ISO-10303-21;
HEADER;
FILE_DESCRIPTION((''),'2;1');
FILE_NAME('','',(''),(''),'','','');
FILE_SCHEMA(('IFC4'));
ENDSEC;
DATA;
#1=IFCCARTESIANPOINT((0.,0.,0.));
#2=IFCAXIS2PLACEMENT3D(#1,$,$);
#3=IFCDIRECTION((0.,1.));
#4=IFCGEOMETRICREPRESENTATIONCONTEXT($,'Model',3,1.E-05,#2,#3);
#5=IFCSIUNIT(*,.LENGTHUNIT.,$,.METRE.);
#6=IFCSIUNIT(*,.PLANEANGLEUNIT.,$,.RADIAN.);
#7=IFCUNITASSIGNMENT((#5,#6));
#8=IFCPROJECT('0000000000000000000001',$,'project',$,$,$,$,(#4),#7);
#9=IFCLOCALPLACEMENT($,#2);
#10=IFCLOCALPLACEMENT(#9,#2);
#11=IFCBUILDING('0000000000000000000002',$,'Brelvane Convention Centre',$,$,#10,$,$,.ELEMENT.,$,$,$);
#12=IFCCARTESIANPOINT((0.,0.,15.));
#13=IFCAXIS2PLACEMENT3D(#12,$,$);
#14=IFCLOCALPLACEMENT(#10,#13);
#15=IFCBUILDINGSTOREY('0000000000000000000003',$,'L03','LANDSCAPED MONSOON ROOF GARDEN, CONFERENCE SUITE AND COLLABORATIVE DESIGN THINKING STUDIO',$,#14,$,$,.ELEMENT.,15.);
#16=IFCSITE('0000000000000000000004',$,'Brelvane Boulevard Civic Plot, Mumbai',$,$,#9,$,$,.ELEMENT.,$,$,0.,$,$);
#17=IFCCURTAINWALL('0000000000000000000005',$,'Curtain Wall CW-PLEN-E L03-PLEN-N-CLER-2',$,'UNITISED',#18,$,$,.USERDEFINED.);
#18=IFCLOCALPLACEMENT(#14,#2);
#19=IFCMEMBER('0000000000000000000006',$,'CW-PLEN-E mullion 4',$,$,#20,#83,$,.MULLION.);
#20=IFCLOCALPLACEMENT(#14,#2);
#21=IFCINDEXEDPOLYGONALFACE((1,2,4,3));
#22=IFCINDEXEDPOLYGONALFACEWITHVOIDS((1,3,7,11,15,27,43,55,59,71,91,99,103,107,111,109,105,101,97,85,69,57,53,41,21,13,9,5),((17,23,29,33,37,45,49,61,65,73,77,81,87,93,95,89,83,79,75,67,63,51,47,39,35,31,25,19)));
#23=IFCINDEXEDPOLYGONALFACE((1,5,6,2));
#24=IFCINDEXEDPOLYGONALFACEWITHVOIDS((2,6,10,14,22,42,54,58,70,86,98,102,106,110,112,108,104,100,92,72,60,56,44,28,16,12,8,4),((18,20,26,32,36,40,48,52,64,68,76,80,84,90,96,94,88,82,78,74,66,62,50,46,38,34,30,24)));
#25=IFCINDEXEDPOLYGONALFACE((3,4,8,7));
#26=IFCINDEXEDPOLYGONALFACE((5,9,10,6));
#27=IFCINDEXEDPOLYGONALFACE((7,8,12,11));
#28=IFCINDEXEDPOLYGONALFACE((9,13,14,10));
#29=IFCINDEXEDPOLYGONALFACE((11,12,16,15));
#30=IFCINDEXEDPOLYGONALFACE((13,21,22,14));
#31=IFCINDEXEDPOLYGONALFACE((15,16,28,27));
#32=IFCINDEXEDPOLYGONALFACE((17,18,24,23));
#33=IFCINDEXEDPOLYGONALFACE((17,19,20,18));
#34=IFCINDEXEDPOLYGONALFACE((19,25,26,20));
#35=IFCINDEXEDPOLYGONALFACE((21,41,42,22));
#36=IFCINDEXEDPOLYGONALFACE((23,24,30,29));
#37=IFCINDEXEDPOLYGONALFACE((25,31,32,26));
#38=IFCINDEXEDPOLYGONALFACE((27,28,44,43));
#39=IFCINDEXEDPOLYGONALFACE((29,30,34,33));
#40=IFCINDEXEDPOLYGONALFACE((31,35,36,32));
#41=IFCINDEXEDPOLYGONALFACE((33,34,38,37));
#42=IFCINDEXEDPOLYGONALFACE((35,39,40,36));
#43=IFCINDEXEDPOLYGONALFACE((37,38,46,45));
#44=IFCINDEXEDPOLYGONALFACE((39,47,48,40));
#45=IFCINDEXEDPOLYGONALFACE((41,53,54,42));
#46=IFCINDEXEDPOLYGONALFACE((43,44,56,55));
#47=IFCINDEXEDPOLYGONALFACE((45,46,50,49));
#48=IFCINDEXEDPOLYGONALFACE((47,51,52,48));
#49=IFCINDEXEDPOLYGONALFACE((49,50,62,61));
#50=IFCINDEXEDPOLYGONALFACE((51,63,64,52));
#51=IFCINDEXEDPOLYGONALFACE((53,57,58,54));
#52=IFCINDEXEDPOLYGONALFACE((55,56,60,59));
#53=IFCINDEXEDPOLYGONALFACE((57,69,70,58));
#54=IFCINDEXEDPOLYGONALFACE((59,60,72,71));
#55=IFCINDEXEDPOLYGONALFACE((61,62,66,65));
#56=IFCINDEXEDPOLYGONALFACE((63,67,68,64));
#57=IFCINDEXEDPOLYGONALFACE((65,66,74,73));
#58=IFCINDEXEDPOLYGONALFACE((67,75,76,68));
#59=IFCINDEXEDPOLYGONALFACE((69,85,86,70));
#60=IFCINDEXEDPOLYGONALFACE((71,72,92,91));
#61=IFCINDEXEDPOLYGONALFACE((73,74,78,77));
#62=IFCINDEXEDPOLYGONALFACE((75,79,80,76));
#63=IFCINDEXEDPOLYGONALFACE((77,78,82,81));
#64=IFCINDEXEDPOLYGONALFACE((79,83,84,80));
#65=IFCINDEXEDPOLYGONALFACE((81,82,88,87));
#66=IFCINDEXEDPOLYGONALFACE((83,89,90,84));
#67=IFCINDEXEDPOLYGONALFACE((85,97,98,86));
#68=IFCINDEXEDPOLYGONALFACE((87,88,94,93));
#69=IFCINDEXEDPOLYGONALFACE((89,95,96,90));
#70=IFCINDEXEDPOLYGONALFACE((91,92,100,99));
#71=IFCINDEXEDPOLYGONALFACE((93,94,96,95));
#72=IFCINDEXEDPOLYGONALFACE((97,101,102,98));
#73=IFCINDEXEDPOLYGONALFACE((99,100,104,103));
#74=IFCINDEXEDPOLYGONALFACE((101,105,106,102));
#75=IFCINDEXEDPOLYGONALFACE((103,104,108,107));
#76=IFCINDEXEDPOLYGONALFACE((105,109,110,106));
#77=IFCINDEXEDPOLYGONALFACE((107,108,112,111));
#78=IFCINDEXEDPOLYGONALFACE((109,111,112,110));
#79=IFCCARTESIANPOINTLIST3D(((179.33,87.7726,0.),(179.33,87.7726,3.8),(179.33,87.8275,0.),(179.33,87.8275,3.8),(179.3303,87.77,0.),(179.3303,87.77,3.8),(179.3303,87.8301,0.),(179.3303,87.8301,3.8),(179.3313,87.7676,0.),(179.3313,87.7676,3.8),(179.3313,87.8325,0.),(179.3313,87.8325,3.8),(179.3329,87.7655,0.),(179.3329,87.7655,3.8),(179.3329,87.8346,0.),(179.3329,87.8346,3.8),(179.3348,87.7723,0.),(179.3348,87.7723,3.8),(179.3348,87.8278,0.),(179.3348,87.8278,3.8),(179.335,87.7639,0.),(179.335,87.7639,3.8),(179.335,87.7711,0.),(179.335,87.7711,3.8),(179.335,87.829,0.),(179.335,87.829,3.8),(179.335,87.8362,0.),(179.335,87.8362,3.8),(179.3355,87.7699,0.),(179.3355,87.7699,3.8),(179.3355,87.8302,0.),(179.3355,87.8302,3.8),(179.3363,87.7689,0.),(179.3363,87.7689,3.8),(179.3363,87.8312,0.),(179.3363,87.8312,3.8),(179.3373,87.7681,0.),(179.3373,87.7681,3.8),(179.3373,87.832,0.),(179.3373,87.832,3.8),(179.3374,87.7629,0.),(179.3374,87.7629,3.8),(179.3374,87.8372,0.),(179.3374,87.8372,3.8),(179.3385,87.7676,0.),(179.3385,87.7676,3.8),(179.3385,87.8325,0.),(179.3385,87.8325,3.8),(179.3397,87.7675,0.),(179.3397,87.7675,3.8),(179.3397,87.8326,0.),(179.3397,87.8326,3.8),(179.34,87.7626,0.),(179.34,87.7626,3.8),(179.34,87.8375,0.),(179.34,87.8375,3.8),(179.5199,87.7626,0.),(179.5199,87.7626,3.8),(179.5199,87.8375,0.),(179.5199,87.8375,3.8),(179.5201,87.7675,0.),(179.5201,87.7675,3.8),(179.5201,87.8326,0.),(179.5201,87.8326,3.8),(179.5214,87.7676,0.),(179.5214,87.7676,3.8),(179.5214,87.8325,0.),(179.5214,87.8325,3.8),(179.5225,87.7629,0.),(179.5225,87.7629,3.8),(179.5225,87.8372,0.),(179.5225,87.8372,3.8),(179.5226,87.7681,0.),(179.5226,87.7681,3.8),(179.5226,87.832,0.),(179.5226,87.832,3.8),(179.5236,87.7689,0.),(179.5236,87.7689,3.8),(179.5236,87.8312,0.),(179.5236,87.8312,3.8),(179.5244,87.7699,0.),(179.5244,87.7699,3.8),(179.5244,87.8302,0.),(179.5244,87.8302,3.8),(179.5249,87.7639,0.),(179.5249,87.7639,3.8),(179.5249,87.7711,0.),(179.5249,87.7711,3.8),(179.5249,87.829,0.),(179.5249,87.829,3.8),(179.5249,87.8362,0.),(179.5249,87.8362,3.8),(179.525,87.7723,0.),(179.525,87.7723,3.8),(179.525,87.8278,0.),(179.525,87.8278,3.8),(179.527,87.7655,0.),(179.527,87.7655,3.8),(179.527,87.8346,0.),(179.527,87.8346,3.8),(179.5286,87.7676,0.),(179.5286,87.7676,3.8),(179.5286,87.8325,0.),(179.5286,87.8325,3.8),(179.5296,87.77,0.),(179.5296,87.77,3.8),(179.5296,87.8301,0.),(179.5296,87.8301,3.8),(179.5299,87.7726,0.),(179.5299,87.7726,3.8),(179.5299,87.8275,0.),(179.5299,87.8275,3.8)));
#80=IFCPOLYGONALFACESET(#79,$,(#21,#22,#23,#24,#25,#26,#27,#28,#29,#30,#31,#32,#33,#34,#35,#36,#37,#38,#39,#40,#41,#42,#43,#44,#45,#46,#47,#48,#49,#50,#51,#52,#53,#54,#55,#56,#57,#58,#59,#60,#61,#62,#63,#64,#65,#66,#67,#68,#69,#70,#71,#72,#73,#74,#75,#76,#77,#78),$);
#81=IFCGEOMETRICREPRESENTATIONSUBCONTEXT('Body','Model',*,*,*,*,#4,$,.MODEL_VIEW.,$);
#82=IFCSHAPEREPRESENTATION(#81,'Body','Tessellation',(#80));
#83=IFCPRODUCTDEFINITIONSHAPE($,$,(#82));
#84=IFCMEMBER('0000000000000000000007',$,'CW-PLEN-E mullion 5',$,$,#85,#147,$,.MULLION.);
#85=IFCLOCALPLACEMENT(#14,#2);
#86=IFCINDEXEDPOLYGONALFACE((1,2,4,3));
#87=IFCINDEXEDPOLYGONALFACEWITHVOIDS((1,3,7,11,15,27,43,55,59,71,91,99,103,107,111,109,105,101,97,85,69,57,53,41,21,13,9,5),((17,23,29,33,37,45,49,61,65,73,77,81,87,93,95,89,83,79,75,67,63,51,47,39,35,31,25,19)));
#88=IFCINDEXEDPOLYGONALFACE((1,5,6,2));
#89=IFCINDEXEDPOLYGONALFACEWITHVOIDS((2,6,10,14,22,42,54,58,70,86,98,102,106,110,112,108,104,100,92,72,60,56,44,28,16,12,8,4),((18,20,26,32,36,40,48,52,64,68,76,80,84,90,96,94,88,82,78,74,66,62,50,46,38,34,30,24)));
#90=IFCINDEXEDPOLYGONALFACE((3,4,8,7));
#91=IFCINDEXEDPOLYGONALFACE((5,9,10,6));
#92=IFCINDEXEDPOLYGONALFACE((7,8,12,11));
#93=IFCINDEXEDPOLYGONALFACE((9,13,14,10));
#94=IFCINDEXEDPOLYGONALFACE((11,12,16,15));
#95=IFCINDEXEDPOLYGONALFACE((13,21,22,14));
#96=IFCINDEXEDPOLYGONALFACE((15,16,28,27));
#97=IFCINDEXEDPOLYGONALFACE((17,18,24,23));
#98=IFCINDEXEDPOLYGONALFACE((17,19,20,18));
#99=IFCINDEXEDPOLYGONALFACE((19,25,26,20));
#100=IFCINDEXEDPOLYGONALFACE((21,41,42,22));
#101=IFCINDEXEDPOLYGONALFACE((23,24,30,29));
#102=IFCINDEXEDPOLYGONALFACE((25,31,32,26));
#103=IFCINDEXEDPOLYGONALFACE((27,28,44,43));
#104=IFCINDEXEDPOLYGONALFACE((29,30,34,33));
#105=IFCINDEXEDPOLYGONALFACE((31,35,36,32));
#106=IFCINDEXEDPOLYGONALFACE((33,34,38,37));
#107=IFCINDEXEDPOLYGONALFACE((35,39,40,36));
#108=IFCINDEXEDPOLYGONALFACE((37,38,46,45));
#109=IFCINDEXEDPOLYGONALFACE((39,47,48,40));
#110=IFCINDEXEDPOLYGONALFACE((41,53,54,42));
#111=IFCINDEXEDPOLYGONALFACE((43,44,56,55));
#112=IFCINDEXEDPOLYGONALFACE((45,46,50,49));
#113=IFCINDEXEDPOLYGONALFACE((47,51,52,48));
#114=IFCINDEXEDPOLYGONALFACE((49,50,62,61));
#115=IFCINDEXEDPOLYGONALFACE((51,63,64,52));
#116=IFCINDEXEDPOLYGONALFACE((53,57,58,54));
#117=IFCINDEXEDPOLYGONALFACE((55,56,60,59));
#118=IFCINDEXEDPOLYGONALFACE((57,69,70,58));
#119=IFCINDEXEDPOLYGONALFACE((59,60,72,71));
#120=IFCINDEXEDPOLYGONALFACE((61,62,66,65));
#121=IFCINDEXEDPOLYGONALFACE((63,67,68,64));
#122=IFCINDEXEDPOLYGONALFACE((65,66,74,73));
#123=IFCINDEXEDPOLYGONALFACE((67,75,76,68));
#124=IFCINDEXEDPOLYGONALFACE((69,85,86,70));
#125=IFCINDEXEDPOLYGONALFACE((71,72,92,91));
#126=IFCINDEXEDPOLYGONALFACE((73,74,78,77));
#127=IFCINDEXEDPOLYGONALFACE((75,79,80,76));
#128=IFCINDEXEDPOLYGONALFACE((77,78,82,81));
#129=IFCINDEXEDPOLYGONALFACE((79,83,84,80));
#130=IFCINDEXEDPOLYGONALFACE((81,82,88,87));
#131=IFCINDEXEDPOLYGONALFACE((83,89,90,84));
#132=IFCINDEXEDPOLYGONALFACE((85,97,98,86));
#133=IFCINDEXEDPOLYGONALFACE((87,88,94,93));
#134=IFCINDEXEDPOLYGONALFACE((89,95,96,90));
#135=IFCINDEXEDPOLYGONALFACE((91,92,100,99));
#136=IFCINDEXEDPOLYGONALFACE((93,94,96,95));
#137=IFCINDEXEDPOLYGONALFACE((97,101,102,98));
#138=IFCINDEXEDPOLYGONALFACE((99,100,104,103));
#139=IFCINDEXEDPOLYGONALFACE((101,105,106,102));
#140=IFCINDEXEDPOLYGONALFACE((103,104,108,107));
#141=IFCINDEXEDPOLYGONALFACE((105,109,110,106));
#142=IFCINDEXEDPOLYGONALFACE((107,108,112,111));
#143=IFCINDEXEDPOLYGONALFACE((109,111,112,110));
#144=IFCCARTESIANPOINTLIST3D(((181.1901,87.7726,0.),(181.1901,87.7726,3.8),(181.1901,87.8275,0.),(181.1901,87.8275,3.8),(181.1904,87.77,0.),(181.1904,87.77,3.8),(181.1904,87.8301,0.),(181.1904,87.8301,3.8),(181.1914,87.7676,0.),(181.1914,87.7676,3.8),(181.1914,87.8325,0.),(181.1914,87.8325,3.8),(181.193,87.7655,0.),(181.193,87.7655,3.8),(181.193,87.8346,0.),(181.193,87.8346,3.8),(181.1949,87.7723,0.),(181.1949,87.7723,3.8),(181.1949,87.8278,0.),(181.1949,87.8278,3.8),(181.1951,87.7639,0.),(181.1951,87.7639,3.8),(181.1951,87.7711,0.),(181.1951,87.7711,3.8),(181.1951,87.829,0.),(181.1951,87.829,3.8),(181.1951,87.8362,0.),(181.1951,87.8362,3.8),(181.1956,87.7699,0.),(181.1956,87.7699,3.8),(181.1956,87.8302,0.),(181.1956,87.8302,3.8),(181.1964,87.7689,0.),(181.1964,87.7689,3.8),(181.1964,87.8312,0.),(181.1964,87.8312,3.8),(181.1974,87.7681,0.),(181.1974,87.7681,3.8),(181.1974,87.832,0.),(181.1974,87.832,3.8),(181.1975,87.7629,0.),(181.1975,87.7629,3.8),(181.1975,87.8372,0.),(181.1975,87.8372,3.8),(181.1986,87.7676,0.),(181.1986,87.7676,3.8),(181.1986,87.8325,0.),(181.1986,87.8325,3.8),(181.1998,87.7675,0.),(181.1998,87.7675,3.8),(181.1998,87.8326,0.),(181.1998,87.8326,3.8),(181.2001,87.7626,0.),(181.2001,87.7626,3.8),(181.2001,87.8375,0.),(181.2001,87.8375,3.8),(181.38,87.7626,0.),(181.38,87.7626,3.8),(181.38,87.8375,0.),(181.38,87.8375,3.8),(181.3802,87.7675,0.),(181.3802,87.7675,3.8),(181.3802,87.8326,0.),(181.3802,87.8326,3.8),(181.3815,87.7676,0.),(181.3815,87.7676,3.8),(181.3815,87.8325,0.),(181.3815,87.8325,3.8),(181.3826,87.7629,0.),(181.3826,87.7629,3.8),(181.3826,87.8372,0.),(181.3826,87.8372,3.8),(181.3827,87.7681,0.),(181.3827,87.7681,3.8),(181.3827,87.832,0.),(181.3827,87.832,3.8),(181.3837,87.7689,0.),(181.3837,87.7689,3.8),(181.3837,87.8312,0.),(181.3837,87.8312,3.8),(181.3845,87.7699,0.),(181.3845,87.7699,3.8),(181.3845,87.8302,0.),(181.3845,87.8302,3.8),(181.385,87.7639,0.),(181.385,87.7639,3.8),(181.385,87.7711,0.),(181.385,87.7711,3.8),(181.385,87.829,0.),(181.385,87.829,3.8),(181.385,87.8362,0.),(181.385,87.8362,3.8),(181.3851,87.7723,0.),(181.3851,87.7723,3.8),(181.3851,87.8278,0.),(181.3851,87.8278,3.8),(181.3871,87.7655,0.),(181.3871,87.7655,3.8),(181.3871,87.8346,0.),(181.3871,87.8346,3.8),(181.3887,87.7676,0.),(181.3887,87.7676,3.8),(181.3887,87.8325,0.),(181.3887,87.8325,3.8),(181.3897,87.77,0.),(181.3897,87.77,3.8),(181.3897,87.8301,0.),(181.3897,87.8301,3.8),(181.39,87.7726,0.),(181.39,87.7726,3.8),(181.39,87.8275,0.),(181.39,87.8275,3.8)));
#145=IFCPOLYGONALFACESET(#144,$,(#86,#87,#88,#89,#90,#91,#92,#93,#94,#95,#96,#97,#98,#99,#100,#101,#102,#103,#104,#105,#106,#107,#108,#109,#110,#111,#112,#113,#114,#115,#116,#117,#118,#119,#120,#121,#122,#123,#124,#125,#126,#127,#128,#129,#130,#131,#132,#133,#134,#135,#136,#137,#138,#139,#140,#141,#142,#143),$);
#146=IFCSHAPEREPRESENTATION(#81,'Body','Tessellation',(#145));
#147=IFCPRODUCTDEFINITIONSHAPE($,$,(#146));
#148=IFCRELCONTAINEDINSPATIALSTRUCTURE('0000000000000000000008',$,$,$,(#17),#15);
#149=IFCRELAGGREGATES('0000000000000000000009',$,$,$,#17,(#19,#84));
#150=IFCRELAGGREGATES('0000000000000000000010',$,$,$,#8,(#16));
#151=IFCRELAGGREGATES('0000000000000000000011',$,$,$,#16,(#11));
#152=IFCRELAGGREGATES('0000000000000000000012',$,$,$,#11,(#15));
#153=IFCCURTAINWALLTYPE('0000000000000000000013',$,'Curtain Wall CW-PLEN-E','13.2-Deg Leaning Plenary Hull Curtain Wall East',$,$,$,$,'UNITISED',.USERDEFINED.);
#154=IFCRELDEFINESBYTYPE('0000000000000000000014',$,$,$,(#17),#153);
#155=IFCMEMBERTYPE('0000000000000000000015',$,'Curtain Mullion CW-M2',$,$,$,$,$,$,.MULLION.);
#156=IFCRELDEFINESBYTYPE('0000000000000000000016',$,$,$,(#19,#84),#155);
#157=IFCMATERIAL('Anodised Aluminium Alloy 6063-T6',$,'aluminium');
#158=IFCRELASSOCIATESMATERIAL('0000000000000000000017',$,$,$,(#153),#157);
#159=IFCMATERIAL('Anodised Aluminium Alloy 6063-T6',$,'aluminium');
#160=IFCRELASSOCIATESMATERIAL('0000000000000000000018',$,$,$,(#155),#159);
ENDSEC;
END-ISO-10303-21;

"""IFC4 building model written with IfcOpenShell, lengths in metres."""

from ifc_helpers import new_model, si_unit, direction, frame, origin, origin_2d, place, context, subcontext, project, spatial, hollow_rectangle, extrude, material, material_profile, profile_set, type_object, element, aggregate, save


model = new_model("IFC4")

# Units and contexts
model_context = context("Model", 3, precision=1e-05, world=origin(), true_north=direction((0.0, 1.0)))
body_context = subcontext(model_context, "Body", "Model", "MODEL_VIEW")
ifc_project = project(units=[si_unit("LENGTHUNIT", "METRE"), si_unit("PLANEANGLEUNIT", "RADIAN")], contexts=[model_context])

# Site, building, storey
site_placement = place(None, origin())
site = spatial("IfcSite", under=ifc_project, at=site_placement, Name="Brelvane Boulevard Civic Plot, Mumbai", CompositionType="ELEMENT", RefElevation=0.0)
building_placement = place(site_placement, origin())
building = spatial("IfcBuilding", under=site, at=building_placement, Name="Brelvane Convention Centre", CompositionType="ELEMENT")
storey_placement = place(building_placement, frame((0.0, 0.0, 15.0)))
storey = spatial("IfcBuildingStorey", under=building, at=storey_placement, Name="L03", Description="LANDSCAPED MONSOON ROOF GARDEN, CONFERENCE SUITE AND COLLABORATIVE DESIGN THINKING STUDIO", CompositionType="ELEMENT", Elevation=15.0)

# Curtain wall, members
ifc_material_1 = material(Name="Anodised Aluminium Alloy 6063-T6", Category="aluminium")
curtain_wall_type = type_object("IfcCurtainWallType", Name="Curtain Wall CW-PLEN-E", Description="13.2-Deg Leaning Plenary Hull Curtain Wall East", ElementType="UNITISED", PredefinedType="USERDEFINED", material=ifc_material_1)
curtain_wall_placement = place(storey_placement, origin())
curtain_wall = element("IfcCurtainWall", 1, at=curtain_wall_placement, inside=storey, type_object=curtain_wall_type, Name="Curtain Wall CW-PLEN-E L03-PLEN-N-CLER-2", ObjectType="UNITISED", PredefinedType="USERDEFINED")
ifc_material_2 = material(Name="Anodised Aluminium Alloy 6063-T6", Category="aluminium")
ifc_material_profile_1 = material_profile(ifc_material_2, hollow_rectangle(XDim=0.075, YDim=0.2, WallThickness=0.0049, InnerFilletRadius=0.0049, OuterFilletRadius=0.01, at=origin_2d()), Name="ALU-M 200x75x5.0")
ifc_profile_set_1 = profile_set([ifc_material_profile_1], Name="Anodised Aluminium Alloy 6063-T6")
member_type_1 = type_object("IfcMemberType", Name="Curtain Mullion CW-M2", PredefinedType="MULLION", material=ifc_profile_set_1)
member_1_placement = place(storey_placement, frame((179.4299, 87.8, 0.0), z_axis=(0.0, 0.0, 1.0), x_axis=(0.0, 1.0, 0.0)))
member_1 = element("IfcMember", 2, at=member_1_placement, type_object=member_type_1, Name="CW-PLEN-E mullion 4", PredefinedType="MULLION", context=body_context, shape_type="SweptSolid", body=[
    extrude(hollow_rectangle(XDim=0.075, YDim=0.2, WallThickness=0.0049, InnerFilletRadius=0.0049, OuterFilletRadius=0.01, at=origin_2d()), origin(), (0.0, 0.0, 1.0), 3.8),
])
member_2_placement = place(storey_placement, frame((181.29, 87.8, 0.0), z_axis=(0.0, 0.0, 1.0), x_axis=(0.0, 1.0, 0.0)))
member_2 = element("IfcMember", 3, at=member_2_placement, type_object=member_type_1, Name="CW-PLEN-E mullion 5", PredefinedType="MULLION", context=body_context, shape_type="SweptSolid", body=[
    extrude(hollow_rectangle(XDim=0.075, YDim=0.2, WallThickness=0.0049, InnerFilletRadius=0.0049, OuterFilletRadius=0.01, at=origin_2d()), origin(), (0.0, 0.0, 1.0), 3.8),
])

aggregate(curtain_wall, [member_1, member_2])

save(model, "model.ifc")
